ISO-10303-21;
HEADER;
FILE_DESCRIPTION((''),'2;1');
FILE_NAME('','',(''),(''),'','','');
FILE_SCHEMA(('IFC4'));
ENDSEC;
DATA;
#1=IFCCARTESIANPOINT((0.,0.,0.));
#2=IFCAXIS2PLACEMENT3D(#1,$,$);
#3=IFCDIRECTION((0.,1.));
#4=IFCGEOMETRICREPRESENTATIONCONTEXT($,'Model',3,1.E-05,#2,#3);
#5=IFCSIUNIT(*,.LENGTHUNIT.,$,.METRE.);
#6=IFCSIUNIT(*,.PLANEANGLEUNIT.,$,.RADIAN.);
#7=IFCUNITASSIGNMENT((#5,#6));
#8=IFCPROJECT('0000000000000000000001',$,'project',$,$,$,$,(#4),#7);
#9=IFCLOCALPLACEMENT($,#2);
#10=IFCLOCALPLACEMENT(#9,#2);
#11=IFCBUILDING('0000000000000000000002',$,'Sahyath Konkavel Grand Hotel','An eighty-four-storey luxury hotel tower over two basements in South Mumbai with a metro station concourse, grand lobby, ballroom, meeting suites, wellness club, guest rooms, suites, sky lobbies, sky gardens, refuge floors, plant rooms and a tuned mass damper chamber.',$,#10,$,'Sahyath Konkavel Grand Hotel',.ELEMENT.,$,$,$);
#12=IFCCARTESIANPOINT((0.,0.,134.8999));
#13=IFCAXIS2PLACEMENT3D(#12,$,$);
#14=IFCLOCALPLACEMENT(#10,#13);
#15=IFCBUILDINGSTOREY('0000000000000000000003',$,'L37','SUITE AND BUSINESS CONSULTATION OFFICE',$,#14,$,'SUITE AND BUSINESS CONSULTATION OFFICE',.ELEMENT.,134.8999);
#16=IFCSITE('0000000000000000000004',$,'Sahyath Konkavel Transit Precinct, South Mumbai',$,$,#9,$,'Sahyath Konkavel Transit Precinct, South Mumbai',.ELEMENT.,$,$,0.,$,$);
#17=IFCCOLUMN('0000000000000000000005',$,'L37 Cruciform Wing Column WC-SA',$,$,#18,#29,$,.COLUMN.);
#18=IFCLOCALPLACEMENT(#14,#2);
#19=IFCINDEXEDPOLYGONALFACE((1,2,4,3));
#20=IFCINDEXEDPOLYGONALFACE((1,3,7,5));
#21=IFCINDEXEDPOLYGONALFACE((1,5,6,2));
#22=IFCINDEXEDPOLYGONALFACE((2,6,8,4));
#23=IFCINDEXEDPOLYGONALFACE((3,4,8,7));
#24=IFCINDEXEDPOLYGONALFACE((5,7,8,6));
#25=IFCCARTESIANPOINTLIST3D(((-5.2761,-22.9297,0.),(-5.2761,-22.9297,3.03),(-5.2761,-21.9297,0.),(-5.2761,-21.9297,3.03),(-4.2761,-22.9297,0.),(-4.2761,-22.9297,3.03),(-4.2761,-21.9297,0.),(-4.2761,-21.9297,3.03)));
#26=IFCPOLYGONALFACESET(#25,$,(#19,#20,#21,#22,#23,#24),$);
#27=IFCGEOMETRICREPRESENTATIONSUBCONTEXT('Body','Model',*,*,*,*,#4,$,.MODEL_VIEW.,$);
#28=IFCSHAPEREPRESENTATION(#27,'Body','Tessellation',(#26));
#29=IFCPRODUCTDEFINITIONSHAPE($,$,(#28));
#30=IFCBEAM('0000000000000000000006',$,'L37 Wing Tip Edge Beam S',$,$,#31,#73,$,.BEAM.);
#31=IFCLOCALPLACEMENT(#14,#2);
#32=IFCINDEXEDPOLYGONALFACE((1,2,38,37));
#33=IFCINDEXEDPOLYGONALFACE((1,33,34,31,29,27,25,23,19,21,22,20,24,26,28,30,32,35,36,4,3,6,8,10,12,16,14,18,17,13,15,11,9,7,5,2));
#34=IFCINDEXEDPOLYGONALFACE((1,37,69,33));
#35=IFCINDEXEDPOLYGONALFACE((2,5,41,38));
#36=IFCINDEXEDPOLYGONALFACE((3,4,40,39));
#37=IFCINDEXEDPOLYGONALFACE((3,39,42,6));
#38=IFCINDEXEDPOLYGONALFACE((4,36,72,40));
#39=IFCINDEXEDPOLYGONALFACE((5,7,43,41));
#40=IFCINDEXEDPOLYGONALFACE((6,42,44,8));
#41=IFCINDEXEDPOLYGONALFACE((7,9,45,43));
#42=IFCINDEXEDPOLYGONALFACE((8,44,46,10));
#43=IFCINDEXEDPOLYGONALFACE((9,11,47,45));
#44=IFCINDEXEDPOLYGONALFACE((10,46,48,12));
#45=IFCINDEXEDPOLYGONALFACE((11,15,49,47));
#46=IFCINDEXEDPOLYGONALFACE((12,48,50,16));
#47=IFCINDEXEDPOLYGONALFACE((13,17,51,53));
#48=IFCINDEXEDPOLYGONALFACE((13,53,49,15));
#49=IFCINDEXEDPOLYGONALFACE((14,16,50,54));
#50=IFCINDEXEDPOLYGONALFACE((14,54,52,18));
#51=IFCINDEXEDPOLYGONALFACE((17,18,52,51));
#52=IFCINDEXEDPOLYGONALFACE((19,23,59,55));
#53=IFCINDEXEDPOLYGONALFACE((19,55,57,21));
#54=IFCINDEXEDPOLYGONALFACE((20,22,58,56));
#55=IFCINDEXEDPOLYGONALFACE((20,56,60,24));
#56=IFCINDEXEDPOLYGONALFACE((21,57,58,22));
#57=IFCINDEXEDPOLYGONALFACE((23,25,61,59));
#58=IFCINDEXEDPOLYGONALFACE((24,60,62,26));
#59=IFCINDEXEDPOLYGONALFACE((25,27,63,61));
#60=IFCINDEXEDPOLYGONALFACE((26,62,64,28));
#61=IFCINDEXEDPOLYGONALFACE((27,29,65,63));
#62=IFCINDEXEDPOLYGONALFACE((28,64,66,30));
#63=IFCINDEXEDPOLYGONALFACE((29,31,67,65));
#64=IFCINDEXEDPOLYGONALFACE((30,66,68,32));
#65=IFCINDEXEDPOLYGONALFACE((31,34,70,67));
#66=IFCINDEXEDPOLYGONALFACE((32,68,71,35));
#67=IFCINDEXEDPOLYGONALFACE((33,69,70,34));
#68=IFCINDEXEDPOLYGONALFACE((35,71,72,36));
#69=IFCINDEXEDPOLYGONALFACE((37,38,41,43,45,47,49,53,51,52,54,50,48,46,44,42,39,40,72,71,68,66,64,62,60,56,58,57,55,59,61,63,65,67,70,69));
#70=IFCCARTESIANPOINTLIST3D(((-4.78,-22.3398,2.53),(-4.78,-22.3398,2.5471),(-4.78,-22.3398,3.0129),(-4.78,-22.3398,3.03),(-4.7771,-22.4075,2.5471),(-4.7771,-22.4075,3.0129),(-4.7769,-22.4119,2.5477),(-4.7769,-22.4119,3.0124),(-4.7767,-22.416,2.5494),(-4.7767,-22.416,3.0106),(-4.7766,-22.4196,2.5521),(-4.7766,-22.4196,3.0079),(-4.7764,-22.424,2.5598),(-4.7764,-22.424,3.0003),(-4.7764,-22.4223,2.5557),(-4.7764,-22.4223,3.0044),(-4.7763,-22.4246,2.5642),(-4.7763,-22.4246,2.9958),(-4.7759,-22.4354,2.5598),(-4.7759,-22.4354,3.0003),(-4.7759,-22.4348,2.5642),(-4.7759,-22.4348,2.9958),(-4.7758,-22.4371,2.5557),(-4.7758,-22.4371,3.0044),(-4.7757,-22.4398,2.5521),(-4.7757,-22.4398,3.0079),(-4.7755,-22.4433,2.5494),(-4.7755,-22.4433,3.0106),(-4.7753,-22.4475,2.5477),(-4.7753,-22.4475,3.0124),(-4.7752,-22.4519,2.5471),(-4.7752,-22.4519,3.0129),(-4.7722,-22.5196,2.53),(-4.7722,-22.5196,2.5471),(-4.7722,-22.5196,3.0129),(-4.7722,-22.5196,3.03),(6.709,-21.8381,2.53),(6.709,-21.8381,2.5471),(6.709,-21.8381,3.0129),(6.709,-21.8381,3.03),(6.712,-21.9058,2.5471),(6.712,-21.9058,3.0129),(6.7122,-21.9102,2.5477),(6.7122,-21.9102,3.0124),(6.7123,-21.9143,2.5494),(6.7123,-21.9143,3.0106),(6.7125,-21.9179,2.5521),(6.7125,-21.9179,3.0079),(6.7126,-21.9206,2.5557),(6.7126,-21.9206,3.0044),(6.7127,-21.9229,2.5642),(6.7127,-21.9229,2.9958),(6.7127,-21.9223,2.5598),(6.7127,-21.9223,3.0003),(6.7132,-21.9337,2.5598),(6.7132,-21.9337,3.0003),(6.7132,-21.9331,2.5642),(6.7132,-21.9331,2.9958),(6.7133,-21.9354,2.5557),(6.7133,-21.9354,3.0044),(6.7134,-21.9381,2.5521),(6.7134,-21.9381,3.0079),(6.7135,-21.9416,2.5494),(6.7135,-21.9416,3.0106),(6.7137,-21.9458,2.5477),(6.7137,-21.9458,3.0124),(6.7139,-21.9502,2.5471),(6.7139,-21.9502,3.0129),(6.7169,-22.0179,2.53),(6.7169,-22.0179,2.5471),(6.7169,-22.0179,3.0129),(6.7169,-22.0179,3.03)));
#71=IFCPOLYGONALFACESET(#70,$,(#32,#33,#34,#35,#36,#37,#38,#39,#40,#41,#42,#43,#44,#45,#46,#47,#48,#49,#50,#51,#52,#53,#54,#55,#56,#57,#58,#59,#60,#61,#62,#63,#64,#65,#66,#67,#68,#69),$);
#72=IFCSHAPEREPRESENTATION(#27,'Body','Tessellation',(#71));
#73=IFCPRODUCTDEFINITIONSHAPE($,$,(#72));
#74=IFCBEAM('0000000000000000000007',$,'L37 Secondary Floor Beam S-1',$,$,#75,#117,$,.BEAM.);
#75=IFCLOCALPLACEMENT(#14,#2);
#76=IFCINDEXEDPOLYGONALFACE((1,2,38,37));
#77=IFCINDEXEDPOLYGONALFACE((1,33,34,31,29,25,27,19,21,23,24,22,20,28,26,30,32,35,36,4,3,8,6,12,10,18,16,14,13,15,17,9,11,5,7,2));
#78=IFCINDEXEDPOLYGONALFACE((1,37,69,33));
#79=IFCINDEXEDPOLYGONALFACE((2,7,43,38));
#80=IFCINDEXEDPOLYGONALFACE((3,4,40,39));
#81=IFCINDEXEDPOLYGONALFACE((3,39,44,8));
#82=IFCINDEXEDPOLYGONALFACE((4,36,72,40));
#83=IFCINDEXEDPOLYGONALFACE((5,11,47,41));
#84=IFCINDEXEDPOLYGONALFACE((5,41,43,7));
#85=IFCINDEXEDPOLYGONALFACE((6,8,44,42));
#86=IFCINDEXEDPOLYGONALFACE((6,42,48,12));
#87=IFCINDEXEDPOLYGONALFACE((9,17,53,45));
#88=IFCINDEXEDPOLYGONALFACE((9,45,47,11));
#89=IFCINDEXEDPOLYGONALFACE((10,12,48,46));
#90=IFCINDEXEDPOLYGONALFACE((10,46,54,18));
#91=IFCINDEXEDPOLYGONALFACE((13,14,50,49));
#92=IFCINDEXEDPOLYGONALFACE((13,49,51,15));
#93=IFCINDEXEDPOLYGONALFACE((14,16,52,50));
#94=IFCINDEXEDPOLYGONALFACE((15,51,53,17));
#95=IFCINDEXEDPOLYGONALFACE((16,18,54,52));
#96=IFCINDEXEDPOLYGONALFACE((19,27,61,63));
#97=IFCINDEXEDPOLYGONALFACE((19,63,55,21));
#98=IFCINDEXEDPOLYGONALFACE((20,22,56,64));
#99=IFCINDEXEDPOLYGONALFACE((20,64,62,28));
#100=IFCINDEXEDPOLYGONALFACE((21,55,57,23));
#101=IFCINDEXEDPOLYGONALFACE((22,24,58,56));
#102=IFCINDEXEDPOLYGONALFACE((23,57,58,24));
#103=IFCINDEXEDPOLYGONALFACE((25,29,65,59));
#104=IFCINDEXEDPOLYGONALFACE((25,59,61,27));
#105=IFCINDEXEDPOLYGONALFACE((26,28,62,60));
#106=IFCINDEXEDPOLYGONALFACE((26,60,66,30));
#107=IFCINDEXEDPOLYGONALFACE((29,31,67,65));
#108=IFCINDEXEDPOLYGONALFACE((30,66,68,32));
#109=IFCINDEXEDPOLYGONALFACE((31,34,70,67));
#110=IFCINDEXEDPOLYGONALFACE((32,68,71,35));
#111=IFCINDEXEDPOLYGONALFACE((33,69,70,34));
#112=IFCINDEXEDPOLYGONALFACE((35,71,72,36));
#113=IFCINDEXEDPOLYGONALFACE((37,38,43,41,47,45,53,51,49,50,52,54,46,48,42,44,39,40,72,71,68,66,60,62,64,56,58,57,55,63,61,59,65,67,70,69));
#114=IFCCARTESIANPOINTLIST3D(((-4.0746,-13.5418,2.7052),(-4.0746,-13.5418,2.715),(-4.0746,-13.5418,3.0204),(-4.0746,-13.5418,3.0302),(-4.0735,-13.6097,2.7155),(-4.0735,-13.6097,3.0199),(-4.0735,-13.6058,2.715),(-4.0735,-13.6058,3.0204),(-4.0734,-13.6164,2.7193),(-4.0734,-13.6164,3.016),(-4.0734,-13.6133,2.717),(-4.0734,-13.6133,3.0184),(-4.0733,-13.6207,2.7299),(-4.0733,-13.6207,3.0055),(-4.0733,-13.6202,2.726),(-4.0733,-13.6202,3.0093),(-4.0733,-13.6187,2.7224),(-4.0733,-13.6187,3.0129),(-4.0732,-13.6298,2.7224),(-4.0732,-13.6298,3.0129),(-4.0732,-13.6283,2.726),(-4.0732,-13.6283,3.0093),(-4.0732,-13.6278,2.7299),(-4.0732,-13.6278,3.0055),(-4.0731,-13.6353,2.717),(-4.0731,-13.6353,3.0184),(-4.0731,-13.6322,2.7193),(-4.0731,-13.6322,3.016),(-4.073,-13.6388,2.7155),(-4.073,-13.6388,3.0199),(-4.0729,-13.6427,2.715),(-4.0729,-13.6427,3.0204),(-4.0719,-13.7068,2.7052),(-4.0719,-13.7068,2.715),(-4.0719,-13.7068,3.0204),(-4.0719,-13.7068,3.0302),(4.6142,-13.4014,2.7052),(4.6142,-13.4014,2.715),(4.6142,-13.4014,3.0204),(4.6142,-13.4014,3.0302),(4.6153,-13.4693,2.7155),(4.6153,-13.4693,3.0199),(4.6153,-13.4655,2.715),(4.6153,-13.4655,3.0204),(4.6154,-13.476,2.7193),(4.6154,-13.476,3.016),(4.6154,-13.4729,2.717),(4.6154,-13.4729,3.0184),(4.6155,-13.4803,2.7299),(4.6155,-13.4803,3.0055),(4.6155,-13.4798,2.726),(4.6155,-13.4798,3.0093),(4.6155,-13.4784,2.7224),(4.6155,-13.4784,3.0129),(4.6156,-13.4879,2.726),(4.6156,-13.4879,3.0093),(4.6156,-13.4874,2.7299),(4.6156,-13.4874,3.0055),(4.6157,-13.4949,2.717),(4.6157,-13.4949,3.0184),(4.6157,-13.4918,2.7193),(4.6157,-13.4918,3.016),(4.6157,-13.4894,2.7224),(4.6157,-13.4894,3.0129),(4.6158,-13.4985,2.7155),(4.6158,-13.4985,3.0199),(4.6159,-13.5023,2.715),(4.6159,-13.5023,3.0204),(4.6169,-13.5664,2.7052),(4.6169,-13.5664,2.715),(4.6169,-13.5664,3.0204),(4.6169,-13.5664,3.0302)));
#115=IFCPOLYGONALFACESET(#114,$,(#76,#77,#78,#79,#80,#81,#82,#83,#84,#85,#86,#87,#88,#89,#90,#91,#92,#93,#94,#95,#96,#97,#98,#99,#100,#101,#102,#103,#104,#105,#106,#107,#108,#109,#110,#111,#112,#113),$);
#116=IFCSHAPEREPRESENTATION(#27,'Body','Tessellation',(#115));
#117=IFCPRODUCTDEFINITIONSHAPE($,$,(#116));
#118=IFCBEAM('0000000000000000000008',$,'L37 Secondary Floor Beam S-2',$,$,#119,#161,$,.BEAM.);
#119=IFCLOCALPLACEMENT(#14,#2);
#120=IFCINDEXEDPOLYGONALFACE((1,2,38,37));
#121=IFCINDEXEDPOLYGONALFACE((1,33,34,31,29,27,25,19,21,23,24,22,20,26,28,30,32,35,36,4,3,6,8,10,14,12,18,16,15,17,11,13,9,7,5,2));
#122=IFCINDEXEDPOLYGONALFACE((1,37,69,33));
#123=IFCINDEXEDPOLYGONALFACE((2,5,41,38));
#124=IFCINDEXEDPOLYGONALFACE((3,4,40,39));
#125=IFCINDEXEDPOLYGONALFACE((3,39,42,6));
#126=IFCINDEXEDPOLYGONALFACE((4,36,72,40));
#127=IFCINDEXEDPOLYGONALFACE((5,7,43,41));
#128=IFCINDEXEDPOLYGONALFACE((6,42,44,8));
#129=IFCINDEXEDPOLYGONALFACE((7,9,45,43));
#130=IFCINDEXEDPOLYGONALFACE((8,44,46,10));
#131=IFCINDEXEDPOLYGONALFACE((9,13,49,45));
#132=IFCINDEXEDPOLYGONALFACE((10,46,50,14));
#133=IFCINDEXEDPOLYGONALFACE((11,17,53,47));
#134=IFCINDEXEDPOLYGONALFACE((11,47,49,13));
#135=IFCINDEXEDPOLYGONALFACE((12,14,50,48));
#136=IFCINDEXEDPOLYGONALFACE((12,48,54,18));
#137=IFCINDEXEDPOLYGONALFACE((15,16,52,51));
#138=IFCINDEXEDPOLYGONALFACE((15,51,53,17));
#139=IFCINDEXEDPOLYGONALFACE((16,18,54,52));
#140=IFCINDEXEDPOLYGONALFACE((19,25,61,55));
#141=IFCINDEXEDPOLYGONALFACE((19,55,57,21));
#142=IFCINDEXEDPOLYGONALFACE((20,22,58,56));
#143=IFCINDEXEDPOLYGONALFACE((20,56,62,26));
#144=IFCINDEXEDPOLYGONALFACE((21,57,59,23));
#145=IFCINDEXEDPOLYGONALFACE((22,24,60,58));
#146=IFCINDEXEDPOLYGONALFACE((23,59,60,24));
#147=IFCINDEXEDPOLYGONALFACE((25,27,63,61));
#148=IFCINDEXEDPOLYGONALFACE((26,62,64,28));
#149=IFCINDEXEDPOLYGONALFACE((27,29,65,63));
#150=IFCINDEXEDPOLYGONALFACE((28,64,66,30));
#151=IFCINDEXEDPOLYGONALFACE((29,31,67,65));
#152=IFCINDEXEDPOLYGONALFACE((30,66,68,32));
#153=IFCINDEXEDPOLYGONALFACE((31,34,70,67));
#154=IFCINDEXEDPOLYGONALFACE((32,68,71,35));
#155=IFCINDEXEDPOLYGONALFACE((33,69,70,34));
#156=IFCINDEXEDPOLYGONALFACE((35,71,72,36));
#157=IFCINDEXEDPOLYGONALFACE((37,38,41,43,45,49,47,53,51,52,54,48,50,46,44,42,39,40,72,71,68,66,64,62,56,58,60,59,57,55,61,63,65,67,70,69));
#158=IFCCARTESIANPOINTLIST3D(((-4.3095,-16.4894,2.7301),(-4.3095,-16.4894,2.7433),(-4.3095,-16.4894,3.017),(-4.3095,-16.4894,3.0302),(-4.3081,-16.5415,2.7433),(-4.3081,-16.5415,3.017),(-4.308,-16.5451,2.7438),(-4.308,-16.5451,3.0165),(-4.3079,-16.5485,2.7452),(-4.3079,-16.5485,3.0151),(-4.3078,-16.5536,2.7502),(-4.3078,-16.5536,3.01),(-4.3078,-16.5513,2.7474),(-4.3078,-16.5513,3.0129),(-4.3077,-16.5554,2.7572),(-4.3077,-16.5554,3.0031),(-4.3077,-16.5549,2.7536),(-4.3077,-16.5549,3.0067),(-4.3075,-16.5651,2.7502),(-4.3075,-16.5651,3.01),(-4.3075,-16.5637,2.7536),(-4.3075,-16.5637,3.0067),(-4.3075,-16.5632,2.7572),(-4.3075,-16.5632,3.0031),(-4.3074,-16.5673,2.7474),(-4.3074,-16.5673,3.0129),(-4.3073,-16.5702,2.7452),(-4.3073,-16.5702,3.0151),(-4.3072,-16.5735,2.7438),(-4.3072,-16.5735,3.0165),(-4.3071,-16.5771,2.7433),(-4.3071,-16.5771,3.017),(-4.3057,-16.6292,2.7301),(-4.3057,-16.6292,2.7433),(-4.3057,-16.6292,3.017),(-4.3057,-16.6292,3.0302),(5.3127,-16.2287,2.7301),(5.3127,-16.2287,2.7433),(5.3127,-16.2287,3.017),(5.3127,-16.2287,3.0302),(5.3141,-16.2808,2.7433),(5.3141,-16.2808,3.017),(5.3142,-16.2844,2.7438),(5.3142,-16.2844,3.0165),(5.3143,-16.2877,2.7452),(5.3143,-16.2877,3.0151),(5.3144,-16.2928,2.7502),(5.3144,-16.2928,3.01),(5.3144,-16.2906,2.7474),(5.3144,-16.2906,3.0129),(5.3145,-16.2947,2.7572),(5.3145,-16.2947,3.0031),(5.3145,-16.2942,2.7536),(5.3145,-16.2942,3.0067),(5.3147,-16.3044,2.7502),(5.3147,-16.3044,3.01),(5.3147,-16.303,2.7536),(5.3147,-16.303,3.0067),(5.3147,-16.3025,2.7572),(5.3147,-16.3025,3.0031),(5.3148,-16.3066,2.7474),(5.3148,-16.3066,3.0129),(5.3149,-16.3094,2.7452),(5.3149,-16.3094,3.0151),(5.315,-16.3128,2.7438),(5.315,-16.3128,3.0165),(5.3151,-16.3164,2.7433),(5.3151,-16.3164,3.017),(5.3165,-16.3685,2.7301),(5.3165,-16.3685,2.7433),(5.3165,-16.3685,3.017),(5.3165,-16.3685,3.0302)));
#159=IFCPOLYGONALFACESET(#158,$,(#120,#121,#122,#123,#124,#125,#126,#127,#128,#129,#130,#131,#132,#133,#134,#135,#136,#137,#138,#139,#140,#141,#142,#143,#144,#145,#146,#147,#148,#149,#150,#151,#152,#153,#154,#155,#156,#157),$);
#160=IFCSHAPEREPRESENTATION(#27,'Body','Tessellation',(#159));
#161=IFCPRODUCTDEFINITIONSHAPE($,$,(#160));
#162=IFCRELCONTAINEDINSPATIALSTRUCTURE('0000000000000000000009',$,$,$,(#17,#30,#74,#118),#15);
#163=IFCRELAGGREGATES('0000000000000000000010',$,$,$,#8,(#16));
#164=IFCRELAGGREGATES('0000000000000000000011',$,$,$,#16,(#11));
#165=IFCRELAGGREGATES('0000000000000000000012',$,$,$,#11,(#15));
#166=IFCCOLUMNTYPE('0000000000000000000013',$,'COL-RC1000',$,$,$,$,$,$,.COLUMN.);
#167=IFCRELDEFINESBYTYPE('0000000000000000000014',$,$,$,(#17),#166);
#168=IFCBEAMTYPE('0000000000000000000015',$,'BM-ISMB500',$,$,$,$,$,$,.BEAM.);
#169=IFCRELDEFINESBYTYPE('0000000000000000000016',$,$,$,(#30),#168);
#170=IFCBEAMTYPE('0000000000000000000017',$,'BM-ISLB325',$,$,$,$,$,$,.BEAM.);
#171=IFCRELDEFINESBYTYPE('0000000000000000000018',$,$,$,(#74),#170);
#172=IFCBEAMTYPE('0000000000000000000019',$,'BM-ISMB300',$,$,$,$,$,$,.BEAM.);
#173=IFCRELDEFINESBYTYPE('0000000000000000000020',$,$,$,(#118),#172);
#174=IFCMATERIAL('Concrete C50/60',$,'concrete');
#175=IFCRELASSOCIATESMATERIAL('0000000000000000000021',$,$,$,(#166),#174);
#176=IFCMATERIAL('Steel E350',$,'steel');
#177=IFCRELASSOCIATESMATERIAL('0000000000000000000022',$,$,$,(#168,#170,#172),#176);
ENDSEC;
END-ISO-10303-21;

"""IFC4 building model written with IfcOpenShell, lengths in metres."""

from ifc_helpers import new_model, si_unit, direction, frame, origin, origin_2d, place, context, subcontext, project, spatial, rectangle, i_section, extrude, source, transform, mapped, material, material_profile, profile_set, type_object, element, save


model = new_model("IFC4")

# Units and contexts
model_context = context("Model", 3, precision=1e-05, world=origin(), true_north=direction((0.0, 1.0)))
body_context = subcontext(model_context, "Body", "Model", "MODEL_VIEW")
ifc_project = project(units=[si_unit("LENGTHUNIT", "METRE"), si_unit("PLANEANGLEUNIT", "RADIAN")], contexts=[model_context])

# Site, building, storey
site_placement = place(None, origin())
site = spatial("IfcSite", under=ifc_project, at=site_placement, Name="Sahyath Konkavel Transit Precinct, South Mumbai", LongName="Sahyath Konkavel Transit Precinct, South Mumbai", CompositionType="ELEMENT", RefElevation=0.0)
building_placement = place(site_placement, origin())
building = spatial("IfcBuilding", under=site, at=building_placement, Name="Sahyath Konkavel Grand Hotel", Description="An eighty-four-storey luxury hotel tower over two basements in South Mumbai with a metro station concourse, grand lobby, ballroom, meeting suites, wellness club, guest rooms, suites, sky lobbies, sky gardens, refuge floors, plant rooms and a tuned mass damper chamber.", LongName="Sahyath Konkavel Grand Hotel", CompositionType="ELEMENT")
storey_placement = place(building_placement, frame((0.0, 0.0, 134.8999)))
storey = spatial("IfcBuildingStorey", under=building, at=storey_placement, Name="L37", Description="SUITE AND BUSINESS CONSULTATION OFFICE", LongName="SUITE AND BUSINESS CONSULTATION OFFICE", CompositionType="ELEMENT", Elevation=134.8999)

# Column
ifc_material_1 = material(Name="Concrete C50/60", Category="concrete")
ifc_material_profile_1 = material_profile(ifc_material_1, rectangle(XDim=1.0, YDim=1.0, at=origin_2d()), Name="RC 1000x1000")
ifc_profile_set_1 = profile_set([ifc_material_profile_1], Name="Concrete C50/60")
column_type = type_object("IfcColumnType", Name="COL-RC1000", PredefinedType="COLUMN", material=ifc_profile_set_1)
shared_shape_1 = source(origin(), body_context, "Body", "SweptSolid", [
    extrude(rectangle(XDim=1.0, YDim=1.0, at=origin_2d()), origin(), (0.0, 0.0, 1.0), 3.03),
])
column_placement = place(storey_placement, frame((-4.7761, -22.4297, 0.0), z_axis=(0.0, 0.0, 1.0), x_axis=(1.0, 0.0, 0.0)))
element("IfcColumn", 1, at=column_placement, inside=storey, type_object=column_type, Name="L37 Cruciform Wing Column WC-SA", PredefinedType="COLUMN", context=body_context, shape_type="MappedRepresentation", body=[
    mapped(shared_shape_1, transform((0.0, 0.0, 0.0), scale=1.0)),
])

# Beams
ifc_material_2 = material(Name="Steel E350", Category="steel")
ifc_material_profile_2 = material_profile(ifc_material_2, i_section(OverallWidth=0.1799, OverallDepth=0.5, WebThickness=0.0103, FlangeThickness=0.0171, FilletRadius=0.0171, at=origin_2d()), Name="ISMB 500")
ifc_profile_set_2 = profile_set([ifc_material_profile_2], Name="Steel E350")
beam_type_1 = type_object("IfcBeamType", Name="BM-ISMB500", PredefinedType="BEAM", material=ifc_profile_set_2)
shared_shape_2 = source(origin(), body_context, "Body", "SweptSolid", [
    extrude(i_section(OverallWidth=0.1799, OverallDepth=0.5, WebThickness=0.0103, FlangeThickness=0.0171, FilletRadius=0.0171, at=origin_2d()), origin(), (0.0, 0.0, 1.0), 11.5),
])
beam_1_placement = place(storey_placement, frame((-4.7761, -22.4297, 2.78), z_axis=(0.999048, 0.043627, 0.0), x_axis=(-0.043627, 0.999048, 0.0)))
element("IfcBeam", 2, at=beam_1_placement, inside=storey, type_object=beam_type_1, Name="L37 Wing Tip Edge Beam S", PredefinedType="BEAM", context=body_context, shape_type="MappedRepresentation", body=[
    mapped(shared_shape_2, transform((0.0, 0.0, 0.0), scale=1.0)),
])
ifc_material_profile_3 = material_profile(ifc_material_2, i_section(OverallWidth=0.165, OverallDepth=0.325, WebThickness=0.0071, FlangeThickness=0.0098, FilletRadius=0.0149, at=origin_2d()), Name="ISLB 325")
ifc_profile_set_3 = profile_set([ifc_material_profile_3], Name="Steel E350")
beam_type_2 = type_object("IfcBeamType", Name="BM-ISLB325", PredefinedType="BEAM", material=ifc_profile_set_3)
shared_shape_3 = source(origin(), body_context, "Body", "SweptSolid", [
    extrude(i_section(OverallWidth=0.165, OverallDepth=0.325, WebThickness=0.0071, FlangeThickness=0.0098, FilletRadius=0.0149, at=origin_2d()), origin(), (0.0, 0.0, 1.0), 8.6899),
])
beam_2_placement = place(storey_placement, frame((-4.0732, -13.6243, 2.8677), z_axis=(0.99987, 0.016155, 0.0), x_axis=(-0.016155, 0.99987, 0.0)))
element("IfcBeam", 3, at=beam_2_placement, inside=storey, type_object=beam_type_2, Name="L37 Secondary Floor Beam S-1", PredefinedType="BEAM", context=body_context, shape_type="MappedRepresentation", body=[
    mapped(shared_shape_3, transform((0.0, 0.0, 0.0), scale=1.0)),
])
ifc_material_profile_4 = material_profile(ifc_material_2, i_section(OverallWidth=0.1399, OverallDepth=0.3, WebThickness=0.0078, FlangeThickness=0.0132, FilletRadius=0.0139, at=origin_2d()), Name="ISMB 300")
ifc_profile_set_4 = profile_set([ifc_material_profile_4], Name="Steel E350")
beam_type_3 = type_object("IfcBeamType", Name="BM-ISMB300", PredefinedType="BEAM", material=ifc_profile_set_4)
shared_shape_4 = source(origin(), body_context, "Body", "SweptSolid", [
    extrude(i_section(OverallWidth=0.1399, OverallDepth=0.3, WebThickness=0.0078, FlangeThickness=0.0132, FilletRadius=0.0139, at=origin_2d()), origin(), (0.0, 0.0, 1.0), 9.6257),
])
beam_3_placement = place(storey_placement, frame((-4.3076, -16.5593, 2.8801), z_axis=(0.999633, 0.027088, 0.0), x_axis=(-0.027088, 0.999633, 0.0)))
element("IfcBeam", 4, at=beam_3_placement, inside=storey, type_object=beam_type_3, Name="L37 Secondary Floor Beam S-2", PredefinedType="BEAM", context=body_context, shape_type="MappedRepresentation", body=[
    mapped(shared_shape_4, transform((0.0, 0.0, 0.0), scale=1.0)),
])

save(model, "model.ifc")
